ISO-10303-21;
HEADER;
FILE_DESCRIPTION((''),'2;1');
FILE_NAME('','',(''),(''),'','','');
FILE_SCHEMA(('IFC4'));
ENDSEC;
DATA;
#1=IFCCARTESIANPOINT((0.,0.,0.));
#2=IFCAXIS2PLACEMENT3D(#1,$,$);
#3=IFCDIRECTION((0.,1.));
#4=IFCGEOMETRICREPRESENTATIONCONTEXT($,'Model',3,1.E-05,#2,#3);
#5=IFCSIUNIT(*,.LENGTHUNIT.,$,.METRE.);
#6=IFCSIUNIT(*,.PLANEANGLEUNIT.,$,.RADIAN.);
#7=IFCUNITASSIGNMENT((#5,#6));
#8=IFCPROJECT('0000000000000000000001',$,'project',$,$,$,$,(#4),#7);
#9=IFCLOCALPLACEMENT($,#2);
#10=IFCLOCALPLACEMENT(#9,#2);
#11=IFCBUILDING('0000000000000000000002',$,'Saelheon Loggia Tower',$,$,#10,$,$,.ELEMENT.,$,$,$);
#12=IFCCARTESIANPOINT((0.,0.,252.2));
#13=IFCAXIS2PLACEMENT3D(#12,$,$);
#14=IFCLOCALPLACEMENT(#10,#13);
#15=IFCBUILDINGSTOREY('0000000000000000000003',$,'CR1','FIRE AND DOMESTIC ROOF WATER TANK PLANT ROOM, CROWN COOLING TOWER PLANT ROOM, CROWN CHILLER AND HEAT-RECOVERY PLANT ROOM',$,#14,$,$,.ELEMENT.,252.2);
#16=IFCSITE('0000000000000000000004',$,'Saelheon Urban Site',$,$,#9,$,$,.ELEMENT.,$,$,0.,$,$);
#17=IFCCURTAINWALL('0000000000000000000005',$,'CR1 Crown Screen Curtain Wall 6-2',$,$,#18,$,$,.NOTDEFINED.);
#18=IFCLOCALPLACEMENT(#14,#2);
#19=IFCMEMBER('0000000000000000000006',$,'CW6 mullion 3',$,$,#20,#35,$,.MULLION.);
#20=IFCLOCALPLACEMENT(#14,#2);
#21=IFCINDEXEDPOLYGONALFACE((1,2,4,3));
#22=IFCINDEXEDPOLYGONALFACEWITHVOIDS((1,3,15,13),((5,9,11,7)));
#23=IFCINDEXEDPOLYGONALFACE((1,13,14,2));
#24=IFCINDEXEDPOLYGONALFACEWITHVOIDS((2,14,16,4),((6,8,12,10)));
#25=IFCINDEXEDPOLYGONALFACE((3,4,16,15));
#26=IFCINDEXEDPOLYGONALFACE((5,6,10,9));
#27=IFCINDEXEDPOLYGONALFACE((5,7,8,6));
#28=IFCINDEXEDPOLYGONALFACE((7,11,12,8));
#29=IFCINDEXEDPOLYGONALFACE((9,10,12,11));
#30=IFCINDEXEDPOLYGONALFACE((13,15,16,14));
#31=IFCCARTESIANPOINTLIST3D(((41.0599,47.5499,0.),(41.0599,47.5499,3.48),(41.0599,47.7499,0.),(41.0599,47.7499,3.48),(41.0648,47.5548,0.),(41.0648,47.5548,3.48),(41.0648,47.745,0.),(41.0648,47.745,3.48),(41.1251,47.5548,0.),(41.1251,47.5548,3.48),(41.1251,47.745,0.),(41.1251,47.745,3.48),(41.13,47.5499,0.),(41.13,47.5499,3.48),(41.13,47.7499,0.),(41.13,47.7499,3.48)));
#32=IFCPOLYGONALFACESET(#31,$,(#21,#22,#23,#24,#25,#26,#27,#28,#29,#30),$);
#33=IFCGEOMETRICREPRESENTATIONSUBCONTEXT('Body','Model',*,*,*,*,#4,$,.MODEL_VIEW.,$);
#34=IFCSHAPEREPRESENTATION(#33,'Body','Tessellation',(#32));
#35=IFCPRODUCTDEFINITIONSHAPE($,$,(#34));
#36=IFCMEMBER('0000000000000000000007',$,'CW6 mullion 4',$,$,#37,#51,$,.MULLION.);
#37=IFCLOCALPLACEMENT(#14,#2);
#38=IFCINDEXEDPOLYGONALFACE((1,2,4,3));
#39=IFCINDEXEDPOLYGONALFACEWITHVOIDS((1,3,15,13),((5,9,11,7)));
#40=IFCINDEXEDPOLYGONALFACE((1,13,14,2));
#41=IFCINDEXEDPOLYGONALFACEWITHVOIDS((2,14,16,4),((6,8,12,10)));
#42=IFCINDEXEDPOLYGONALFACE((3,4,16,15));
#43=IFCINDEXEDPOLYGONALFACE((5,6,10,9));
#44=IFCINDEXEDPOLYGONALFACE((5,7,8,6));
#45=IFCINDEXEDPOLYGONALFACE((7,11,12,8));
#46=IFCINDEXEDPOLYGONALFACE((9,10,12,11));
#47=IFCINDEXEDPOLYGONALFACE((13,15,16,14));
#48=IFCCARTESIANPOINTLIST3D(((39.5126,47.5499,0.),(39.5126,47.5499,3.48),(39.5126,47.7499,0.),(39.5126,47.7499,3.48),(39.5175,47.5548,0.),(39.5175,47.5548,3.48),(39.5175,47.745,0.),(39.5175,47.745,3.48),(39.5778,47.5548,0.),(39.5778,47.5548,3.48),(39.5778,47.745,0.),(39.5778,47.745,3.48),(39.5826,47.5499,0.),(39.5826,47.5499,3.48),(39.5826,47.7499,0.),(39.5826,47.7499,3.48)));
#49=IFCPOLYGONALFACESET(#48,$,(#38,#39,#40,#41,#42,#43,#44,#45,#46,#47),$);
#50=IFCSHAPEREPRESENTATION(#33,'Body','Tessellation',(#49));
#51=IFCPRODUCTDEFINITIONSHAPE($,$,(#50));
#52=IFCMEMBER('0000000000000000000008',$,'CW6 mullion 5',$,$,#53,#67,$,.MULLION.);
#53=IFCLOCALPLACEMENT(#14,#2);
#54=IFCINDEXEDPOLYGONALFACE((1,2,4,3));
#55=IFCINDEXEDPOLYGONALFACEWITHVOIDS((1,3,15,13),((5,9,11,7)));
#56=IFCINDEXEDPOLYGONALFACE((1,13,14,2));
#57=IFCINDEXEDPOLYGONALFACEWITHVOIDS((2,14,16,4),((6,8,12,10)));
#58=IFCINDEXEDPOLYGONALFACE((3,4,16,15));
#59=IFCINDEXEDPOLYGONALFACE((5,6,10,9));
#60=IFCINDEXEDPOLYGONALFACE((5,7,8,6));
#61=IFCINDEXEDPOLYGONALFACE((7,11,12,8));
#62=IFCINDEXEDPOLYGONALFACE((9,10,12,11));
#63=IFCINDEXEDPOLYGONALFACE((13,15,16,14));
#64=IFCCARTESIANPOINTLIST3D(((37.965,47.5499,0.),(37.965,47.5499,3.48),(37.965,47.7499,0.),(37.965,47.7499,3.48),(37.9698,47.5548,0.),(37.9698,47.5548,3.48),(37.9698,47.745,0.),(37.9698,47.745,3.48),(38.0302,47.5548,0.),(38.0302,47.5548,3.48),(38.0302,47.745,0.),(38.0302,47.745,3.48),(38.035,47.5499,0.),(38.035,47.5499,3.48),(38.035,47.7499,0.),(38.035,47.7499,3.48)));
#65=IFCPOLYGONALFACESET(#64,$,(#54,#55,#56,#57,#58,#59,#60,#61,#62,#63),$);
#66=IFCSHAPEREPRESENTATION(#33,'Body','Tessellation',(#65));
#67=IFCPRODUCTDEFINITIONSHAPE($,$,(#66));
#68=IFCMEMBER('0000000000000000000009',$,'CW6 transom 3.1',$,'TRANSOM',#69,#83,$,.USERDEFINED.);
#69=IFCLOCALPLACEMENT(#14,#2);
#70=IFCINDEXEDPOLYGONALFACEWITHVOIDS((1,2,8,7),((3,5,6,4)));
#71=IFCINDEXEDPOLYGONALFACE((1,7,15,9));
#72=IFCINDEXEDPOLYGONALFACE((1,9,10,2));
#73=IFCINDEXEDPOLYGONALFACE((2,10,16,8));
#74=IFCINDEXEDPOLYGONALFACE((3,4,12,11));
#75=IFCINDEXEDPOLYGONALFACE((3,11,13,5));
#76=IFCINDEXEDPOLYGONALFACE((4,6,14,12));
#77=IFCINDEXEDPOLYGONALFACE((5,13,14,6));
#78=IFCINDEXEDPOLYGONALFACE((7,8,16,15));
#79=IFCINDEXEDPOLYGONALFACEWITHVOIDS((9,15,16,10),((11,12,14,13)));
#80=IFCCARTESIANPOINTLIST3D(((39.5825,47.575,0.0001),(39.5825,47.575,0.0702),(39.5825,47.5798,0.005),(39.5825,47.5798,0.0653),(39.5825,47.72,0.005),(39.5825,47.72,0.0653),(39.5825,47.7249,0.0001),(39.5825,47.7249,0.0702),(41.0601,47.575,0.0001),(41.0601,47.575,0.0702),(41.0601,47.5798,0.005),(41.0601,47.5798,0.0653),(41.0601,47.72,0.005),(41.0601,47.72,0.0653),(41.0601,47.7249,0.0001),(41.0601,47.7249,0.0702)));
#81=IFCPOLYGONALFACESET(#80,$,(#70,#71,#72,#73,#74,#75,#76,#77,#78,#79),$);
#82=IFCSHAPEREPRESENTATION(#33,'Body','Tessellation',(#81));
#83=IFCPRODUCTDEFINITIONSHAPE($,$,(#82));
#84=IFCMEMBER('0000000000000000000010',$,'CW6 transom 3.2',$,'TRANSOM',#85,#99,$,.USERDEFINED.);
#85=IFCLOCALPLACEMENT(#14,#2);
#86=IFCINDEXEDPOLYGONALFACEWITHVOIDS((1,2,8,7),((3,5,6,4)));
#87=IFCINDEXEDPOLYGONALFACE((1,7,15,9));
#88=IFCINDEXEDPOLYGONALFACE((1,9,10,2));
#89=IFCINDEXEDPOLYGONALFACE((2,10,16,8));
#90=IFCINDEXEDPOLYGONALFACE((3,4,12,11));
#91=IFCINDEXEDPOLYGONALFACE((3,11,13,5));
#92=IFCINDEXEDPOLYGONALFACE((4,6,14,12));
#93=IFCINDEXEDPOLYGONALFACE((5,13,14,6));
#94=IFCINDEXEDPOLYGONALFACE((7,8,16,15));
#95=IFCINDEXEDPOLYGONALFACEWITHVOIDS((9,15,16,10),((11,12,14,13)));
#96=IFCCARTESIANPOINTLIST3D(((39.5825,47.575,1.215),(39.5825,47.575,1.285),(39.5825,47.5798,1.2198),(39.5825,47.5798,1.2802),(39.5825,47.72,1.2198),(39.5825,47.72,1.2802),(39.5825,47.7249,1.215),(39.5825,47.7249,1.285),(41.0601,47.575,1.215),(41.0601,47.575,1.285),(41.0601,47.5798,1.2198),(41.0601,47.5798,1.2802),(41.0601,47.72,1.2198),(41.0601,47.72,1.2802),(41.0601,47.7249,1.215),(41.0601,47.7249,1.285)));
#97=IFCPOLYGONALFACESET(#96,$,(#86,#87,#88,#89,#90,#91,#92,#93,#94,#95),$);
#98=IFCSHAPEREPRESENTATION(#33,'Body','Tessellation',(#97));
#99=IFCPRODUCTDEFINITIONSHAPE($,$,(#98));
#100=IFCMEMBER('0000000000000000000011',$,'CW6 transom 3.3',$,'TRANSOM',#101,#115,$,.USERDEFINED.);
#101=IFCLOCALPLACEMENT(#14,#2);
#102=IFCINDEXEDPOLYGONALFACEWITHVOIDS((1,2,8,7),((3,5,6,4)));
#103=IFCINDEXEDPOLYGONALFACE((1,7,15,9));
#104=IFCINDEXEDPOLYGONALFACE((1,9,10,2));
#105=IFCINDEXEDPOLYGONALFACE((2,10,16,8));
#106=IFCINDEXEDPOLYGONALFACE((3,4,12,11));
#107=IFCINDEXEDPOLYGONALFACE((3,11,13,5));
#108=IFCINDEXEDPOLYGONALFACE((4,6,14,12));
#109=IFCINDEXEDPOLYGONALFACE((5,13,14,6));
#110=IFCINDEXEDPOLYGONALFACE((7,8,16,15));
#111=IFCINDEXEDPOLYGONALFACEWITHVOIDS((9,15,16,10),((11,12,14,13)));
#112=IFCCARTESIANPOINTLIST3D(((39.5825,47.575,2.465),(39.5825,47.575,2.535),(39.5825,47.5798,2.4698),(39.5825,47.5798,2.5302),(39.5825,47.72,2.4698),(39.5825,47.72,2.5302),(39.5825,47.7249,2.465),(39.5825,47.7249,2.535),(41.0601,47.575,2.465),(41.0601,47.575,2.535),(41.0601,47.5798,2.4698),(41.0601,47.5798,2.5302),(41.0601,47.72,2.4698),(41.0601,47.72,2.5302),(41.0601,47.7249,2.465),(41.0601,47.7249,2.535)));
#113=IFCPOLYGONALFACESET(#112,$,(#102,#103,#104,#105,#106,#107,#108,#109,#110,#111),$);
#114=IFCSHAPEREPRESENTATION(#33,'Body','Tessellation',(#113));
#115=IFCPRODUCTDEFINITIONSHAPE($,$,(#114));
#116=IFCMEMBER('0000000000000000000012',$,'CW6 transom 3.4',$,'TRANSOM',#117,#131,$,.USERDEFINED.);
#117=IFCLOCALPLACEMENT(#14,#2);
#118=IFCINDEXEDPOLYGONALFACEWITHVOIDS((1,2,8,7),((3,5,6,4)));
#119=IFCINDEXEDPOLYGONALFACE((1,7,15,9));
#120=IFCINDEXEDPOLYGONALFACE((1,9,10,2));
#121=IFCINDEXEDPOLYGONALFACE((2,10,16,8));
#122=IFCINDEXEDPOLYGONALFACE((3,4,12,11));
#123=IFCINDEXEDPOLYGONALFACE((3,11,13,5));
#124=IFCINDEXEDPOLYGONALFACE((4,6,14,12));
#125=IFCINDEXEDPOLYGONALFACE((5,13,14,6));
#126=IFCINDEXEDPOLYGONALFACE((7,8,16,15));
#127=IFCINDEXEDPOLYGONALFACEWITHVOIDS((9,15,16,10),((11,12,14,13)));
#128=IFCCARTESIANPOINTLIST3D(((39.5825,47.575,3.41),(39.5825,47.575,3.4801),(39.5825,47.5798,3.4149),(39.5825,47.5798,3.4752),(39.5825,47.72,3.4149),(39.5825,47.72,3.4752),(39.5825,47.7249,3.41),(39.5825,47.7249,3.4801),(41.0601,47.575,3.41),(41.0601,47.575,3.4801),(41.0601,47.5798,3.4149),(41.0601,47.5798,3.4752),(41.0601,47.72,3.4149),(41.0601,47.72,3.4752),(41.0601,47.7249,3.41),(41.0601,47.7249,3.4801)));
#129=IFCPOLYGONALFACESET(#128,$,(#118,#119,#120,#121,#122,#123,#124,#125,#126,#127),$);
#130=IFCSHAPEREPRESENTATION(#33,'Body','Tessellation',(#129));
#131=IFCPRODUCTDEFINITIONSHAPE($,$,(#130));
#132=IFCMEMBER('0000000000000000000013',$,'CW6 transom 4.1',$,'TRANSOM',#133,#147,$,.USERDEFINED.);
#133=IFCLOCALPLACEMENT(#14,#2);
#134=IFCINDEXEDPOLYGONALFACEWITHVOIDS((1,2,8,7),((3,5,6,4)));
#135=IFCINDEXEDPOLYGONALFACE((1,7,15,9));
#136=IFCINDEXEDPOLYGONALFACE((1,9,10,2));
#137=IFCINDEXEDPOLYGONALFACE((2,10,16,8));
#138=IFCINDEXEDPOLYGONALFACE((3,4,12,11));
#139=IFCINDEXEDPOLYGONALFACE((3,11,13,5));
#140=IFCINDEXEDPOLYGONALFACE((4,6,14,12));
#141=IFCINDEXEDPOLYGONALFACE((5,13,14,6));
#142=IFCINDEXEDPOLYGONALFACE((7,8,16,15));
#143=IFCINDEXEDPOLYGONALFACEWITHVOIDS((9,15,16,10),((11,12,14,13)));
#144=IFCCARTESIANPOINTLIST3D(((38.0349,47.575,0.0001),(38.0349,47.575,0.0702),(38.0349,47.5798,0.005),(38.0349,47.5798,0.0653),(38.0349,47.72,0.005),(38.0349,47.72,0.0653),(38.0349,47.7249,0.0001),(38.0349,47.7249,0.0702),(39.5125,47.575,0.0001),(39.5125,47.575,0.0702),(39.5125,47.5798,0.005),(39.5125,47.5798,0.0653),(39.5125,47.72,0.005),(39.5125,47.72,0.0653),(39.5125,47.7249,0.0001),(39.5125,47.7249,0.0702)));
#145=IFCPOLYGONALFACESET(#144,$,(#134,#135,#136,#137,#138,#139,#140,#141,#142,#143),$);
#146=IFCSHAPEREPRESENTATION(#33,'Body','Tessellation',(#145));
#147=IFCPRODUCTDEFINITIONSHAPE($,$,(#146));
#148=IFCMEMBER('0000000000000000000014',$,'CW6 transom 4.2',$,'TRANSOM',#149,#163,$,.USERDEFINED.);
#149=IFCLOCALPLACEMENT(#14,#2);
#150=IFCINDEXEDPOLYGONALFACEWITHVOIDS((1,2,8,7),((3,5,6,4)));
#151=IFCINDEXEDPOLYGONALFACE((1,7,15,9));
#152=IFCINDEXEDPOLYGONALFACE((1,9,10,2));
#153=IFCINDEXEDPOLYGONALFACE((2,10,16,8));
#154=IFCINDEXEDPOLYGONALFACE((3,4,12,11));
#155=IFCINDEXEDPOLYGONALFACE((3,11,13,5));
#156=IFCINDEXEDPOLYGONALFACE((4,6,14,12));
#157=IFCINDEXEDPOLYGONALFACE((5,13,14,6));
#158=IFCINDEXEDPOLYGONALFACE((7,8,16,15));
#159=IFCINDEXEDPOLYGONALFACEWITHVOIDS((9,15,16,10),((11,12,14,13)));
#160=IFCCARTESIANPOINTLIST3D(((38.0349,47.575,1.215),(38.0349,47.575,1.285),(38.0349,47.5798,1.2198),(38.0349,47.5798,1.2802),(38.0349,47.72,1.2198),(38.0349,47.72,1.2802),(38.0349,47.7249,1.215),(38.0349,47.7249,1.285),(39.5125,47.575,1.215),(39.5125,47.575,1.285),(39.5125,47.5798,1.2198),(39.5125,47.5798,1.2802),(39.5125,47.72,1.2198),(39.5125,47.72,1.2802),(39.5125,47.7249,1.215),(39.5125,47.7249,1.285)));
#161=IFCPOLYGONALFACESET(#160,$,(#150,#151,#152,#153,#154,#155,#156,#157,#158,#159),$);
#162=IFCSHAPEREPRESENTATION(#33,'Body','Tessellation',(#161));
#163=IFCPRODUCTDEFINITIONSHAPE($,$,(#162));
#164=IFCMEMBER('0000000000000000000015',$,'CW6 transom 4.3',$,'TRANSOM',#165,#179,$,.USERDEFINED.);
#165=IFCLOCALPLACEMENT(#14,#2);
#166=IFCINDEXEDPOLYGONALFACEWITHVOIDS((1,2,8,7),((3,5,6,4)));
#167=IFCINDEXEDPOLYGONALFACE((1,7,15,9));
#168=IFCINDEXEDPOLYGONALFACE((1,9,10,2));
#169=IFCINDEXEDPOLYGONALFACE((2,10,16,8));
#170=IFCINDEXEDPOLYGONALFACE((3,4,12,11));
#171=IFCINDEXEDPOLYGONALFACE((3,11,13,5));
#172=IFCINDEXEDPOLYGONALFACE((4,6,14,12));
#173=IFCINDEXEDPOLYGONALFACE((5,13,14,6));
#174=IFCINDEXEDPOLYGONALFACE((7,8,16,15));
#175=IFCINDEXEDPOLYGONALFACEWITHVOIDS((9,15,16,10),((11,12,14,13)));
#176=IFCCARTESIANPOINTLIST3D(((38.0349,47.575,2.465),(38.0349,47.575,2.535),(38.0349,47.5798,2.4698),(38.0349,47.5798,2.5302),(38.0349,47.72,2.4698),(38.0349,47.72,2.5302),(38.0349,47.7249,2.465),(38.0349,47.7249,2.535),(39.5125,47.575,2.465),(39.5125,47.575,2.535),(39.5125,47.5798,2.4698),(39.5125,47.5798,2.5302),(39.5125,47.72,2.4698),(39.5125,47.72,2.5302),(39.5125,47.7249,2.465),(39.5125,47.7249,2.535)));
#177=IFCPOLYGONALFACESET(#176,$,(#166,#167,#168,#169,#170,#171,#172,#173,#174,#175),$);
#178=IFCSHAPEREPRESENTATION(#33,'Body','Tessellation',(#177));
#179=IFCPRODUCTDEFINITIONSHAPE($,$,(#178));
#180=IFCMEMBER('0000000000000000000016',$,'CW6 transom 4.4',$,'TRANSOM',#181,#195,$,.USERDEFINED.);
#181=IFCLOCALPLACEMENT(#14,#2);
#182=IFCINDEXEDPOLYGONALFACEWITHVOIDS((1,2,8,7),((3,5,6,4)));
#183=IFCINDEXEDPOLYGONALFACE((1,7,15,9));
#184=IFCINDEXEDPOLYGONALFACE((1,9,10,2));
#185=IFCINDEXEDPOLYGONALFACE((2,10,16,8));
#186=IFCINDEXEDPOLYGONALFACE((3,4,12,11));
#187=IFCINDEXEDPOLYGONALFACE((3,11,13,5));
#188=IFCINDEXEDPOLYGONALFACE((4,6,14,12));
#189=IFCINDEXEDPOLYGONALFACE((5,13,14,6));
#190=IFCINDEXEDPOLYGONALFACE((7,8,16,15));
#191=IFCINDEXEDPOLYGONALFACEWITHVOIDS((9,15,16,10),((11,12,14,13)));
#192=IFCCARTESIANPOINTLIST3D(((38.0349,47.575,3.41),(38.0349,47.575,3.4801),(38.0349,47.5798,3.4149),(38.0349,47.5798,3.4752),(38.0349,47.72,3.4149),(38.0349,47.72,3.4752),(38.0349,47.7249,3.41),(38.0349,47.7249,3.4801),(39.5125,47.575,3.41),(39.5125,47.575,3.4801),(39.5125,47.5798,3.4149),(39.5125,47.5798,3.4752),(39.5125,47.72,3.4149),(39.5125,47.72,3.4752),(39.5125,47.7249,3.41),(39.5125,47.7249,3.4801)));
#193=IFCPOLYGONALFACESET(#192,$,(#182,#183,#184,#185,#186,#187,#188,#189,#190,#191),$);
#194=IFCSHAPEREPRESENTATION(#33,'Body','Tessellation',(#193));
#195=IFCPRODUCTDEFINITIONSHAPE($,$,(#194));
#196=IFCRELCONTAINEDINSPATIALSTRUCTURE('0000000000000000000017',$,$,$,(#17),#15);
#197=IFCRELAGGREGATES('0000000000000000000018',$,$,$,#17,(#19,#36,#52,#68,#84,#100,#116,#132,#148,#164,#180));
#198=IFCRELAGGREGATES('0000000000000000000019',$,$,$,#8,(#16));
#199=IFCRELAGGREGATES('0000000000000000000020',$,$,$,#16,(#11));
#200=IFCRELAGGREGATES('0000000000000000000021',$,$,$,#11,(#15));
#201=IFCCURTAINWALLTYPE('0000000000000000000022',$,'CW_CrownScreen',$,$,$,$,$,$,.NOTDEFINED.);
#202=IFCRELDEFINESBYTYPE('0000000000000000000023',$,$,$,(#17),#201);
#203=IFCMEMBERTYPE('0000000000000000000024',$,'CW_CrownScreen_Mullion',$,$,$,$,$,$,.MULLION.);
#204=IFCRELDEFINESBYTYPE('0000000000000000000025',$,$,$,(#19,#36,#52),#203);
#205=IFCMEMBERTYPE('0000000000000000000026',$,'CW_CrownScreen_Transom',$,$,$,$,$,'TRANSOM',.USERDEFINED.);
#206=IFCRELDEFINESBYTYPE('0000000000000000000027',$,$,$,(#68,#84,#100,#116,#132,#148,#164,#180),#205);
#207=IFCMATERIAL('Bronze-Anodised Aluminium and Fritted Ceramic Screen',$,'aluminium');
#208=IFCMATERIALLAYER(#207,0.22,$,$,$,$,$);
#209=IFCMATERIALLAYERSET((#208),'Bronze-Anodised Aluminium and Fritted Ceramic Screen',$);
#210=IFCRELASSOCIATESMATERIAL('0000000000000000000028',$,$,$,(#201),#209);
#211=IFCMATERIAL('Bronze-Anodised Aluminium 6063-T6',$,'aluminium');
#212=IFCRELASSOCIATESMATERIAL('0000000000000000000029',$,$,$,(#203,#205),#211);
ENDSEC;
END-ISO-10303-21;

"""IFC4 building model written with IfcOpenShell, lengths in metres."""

from ifc_helpers import new_model, si_unit, direction, frame, origin, origin_2d, place, context, subcontext, project, spatial, hollow_rectangle, extrude, source, transform, mapped, material, layer, layer_set, material_profile, profile_set, type_object, element, aggregate, save


model = new_model("IFC4")

# Units and contexts
model_context = context("Model", 3, precision=1e-05, world=origin(), true_north=direction((0.0, 1.0)))
body_context = subcontext(model_context, "Body", "Model", "MODEL_VIEW")
ifc_project = project(units=[si_unit("LENGTHUNIT", "METRE"), si_unit("PLANEANGLEUNIT", "RADIAN")], contexts=[model_context])

# Site, building, storey
site_placement = place(None, origin())
site = spatial("IfcSite", under=ifc_project, at=site_placement, Name="Saelheon Urban Site", CompositionType="ELEMENT", RefElevation=0.0)
building_placement = place(site_placement, origin())
building = spatial("IfcBuilding", under=site, at=building_placement, Name="Saelheon Loggia Tower", CompositionType="ELEMENT")
storey_placement = place(building_placement, frame((0.0, 0.0, 252.2)))
storey = spatial("IfcBuildingStorey", under=building, at=storey_placement, Name="CR1", Description="FIRE AND DOMESTIC ROOF WATER TANK PLANT ROOM, CROWN COOLING TOWER PLANT ROOM, CROWN CHILLER AND HEAT-RECOVERY PLANT ROOM", CompositionType="ELEMENT", Elevation=252.2)

# Curtain wall, members
ifc_material_1 = material(Name="Bronze-Anodised Aluminium and Fritted Ceramic Screen", Category="aluminium")
ifc_layer_1 = layer(ifc_material_1, 0.22)
ifc_layer_set_1 = layer_set([ifc_layer_1], Name="Bronze-Anodised Aluminium and Fritted Ceramic Screen")
curtain_wall_type = type_object("IfcCurtainWallType", Name="CW_CrownScreen", PredefinedType="NOTDEFINED", material=ifc_layer_set_1)
curtain_wall_placement = place(storey_placement, origin())
curtain_wall = element("IfcCurtainWall", 1, at=curtain_wall_placement, inside=storey, type_object=curtain_wall_type, Name="CR1 Crown Screen Curtain Wall 6-2", PredefinedType="NOTDEFINED")
ifc_material_2 = material(Name="Bronze-Anodised Aluminium 6063-T6", Category="aluminium")
ifc_material_profile_1 = material_profile(ifc_material_2, hollow_rectangle(XDim=0.0701, YDim=0.2, WallThickness=0.0049, at=origin_2d()), Name="RHS-200x70x5")
ifc_profile_set_1 = profile_set([ifc_material_profile_1], Name="Bronze-Anodised Aluminium 6063-T6")
member_type_1 = type_object("IfcMemberType", Name="CW_CrownScreen_Mullion", PredefinedType="MULLION", material=ifc_profile_set_1)
shared_shape_1 = source(origin(), body_context, "Body", "SweptSolid", [
    extrude(hollow_rectangle(XDim=0.0701, YDim=0.2, WallThickness=0.0049, at=origin_2d()), origin(), (0.0, 0.0, 1.0), 3.48),
])
member_1_placement = place(storey_placement, frame((41.095, 47.6499, 0.0), z_axis=(0.0, 0.0, 1.0), x_axis=(-1.0, 0.0, 0.0)))
member_1 = element("IfcMember", 2, at=member_1_placement, type_object=member_type_1, Name="CW6 mullion 3", PredefinedType="MULLION", context=body_context, shape_type="MappedRepresentation", body=[
    mapped(shared_shape_1, transform((0.0, 0.0, 0.0), scale=1.0)),
])
member_2_placement = place(storey_placement, frame((39.5476, 47.6499, 0.0), z_axis=(0.0, 0.0, 1.0), x_axis=(-1.0, 0.0, 0.0)))
member_2 = element("IfcMember", 3, at=member_2_placement, type_object=member_type_1, Name="CW6 mullion 4", PredefinedType="MULLION", context=body_context, shape_type="MappedRepresentation", body=[
    mapped(shared_shape_1, transform((0.0, 0.0, 0.0), scale=1.0)),
])
member_3_placement = place(storey_placement, frame((38.0, 47.6499, 0.0), z_axis=(0.0, 0.0, 1.0), x_axis=(-1.0, 0.0, 0.0)))
member_3 = element("IfcMember", 4, at=member_3_placement, type_object=member_type_1, Name="CW6 mullion 5", PredefinedType="MULLION", context=body_context, shape_type="MappedRepresentation", body=[
    mapped(shared_shape_1, transform((0.0, 0.0, 0.0), scale=1.0)),
])
ifc_material_profile_2 = material_profile(ifc_material_2, hollow_rectangle(XDim=0.0701, YDim=0.1499, WallThickness=0.0049, at=origin_2d()), Name="RHS-150x70x5")
ifc_profile_set_2 = profile_set([ifc_material_profile_2], Name="Bronze-Anodised Aluminium 6063-T6")
member_type_2 = type_object("IfcMemberType", Name="CW_CrownScreen_Transom", ElementType="TRANSOM", PredefinedType="USERDEFINED", material=ifc_profile_set_2)
shared_shape_2 = source(origin(), body_context, "Body", "SweptSolid", [
    extrude(hollow_rectangle(XDim=0.0701, YDim=0.1499, WallThickness=0.0049, at=origin_2d()), origin(), (0.0, 0.0, 1.0), 1.4775),
])
member_4_placement = place(storey_placement, frame((41.0601, 47.6499, 0.0352), z_axis=(-1.0, 0.0, 0.0), x_axis=(0.0, 0.0, 1.0)))
member_4 = element("IfcMember", 5, at=member_4_placement, type_object=member_type_2, Name="CW6 transom 3.1", ObjectType="TRANSOM", PredefinedType="USERDEFINED", context=body_context, shape_type="MappedRepresentation", body=[
    mapped(shared_shape_2, transform((0.0, 0.0, 0.0), scale=1.0)),
])
member_5_placement = place(storey_placement, frame((41.0601, 47.6499, 1.25), z_axis=(-1.0, 0.0, 0.0), x_axis=(0.0, 0.0, 1.0)))
member_5 = element("IfcMember", 6, at=member_5_placement, type_object=member_type_2, Name="CW6 transom 3.2", ObjectType="TRANSOM", PredefinedType="USERDEFINED", context=body_context, shape_type="MappedRepresentation", body=[
    mapped(shared_shape_2, transform((0.0, 0.0, 0.0), scale=1.0)),
])
member_6_placement = place(storey_placement, frame((41.0601, 47.6499, 2.5), z_axis=(-1.0, 0.0, 0.0), x_axis=(0.0, 0.0, 1.0)))
member_6 = element("IfcMember", 7, at=member_6_placement, type_object=member_type_2, Name="CW6 transom 3.3", ObjectType="TRANSOM", PredefinedType="USERDEFINED", context=body_context, shape_type="MappedRepresentation", body=[
    mapped(shared_shape_2, transform((0.0, 0.0, 0.0), scale=1.0)),
])
member_7_placement = place(storey_placement, frame((41.0601, 47.6499, 3.4451), z_axis=(-1.0, 0.0, 0.0), x_axis=(0.0, 0.0, 1.0)))
member_7 = element("IfcMember", 8, at=member_7_placement, type_object=member_type_2, Name="CW6 transom 3.4", ObjectType="TRANSOM", PredefinedType="USERDEFINED", context=body_context, shape_type="MappedRepresentation", body=[
    mapped(shared_shape_2, transform((0.0, 0.0, 0.0), scale=1.0)),
])
member_8_placement = place(storey_placement, frame((39.5125, 47.6499, 0.0352), z_axis=(-1.0, 0.0, 0.0), x_axis=(0.0, 0.0, 1.0)))
member_8 = element("IfcMember", 9, at=member_8_placement, type_object=member_type_2, Name="CW6 transom 4.1", ObjectType="TRANSOM", PredefinedType="USERDEFINED", context=body_context, shape_type="MappedRepresentation", body=[
    mapped(shared_shape_2, transform((0.0, 0.0, 0.0), scale=1.0)),
])
member_9_placement = place(storey_placement, frame((39.5125, 47.6499, 1.25), z_axis=(-1.0, 0.0, 0.0), x_axis=(0.0, 0.0, 1.0)))
member_9 = element("IfcMember", 10, at=member_9_placement, type_object=member_type_2, Name="CW6 transom 4.2", ObjectType="TRANSOM", PredefinedType="USERDEFINED", context=body_context, shape_type="MappedRepresentation", body=[
    mapped(shared_shape_2, transform((0.0, 0.0, 0.0), scale=1.0)),
])
member_10_placement = place(storey_placement, frame((39.5125, 47.6499, 2.5), z_axis=(-1.0, 0.0, 0.0), x_axis=(0.0, 0.0, 1.0)))
member_10 = element("IfcMember", 11, at=member_10_placement, type_object=member_type_2, Name="CW6 transom 4.3", ObjectType="TRANSOM", PredefinedType="USERDEFINED", context=body_context, shape_type="MappedRepresentation", body=[
    mapped(shared_shape_2, transform((0.0, 0.0, 0.0), scale=1.0)),
])
member_11_placement = place(storey_placement, frame((39.5125, 47.6499, 3.4451), z_axis=(-1.0, 0.0, 0.0), x_axis=(0.0, 0.0, 1.0)))
member_11 = element("IfcMember", 12, at=member_11_placement, type_object=member_type_2, Name="CW6 transom 4.4", ObjectType="TRANSOM", PredefinedType="USERDEFINED", context=body_context, shape_type="MappedRepresentation", body=[
    mapped(shared_shape_2, transform((0.0, 0.0, 0.0), scale=1.0)),
])
aggregate(curtain_wall, [member_1, member_2, member_3, member_4, member_5, member_6, member_7, member_8, member_9, member_10, member_11])

save(model, "model.ifc")
